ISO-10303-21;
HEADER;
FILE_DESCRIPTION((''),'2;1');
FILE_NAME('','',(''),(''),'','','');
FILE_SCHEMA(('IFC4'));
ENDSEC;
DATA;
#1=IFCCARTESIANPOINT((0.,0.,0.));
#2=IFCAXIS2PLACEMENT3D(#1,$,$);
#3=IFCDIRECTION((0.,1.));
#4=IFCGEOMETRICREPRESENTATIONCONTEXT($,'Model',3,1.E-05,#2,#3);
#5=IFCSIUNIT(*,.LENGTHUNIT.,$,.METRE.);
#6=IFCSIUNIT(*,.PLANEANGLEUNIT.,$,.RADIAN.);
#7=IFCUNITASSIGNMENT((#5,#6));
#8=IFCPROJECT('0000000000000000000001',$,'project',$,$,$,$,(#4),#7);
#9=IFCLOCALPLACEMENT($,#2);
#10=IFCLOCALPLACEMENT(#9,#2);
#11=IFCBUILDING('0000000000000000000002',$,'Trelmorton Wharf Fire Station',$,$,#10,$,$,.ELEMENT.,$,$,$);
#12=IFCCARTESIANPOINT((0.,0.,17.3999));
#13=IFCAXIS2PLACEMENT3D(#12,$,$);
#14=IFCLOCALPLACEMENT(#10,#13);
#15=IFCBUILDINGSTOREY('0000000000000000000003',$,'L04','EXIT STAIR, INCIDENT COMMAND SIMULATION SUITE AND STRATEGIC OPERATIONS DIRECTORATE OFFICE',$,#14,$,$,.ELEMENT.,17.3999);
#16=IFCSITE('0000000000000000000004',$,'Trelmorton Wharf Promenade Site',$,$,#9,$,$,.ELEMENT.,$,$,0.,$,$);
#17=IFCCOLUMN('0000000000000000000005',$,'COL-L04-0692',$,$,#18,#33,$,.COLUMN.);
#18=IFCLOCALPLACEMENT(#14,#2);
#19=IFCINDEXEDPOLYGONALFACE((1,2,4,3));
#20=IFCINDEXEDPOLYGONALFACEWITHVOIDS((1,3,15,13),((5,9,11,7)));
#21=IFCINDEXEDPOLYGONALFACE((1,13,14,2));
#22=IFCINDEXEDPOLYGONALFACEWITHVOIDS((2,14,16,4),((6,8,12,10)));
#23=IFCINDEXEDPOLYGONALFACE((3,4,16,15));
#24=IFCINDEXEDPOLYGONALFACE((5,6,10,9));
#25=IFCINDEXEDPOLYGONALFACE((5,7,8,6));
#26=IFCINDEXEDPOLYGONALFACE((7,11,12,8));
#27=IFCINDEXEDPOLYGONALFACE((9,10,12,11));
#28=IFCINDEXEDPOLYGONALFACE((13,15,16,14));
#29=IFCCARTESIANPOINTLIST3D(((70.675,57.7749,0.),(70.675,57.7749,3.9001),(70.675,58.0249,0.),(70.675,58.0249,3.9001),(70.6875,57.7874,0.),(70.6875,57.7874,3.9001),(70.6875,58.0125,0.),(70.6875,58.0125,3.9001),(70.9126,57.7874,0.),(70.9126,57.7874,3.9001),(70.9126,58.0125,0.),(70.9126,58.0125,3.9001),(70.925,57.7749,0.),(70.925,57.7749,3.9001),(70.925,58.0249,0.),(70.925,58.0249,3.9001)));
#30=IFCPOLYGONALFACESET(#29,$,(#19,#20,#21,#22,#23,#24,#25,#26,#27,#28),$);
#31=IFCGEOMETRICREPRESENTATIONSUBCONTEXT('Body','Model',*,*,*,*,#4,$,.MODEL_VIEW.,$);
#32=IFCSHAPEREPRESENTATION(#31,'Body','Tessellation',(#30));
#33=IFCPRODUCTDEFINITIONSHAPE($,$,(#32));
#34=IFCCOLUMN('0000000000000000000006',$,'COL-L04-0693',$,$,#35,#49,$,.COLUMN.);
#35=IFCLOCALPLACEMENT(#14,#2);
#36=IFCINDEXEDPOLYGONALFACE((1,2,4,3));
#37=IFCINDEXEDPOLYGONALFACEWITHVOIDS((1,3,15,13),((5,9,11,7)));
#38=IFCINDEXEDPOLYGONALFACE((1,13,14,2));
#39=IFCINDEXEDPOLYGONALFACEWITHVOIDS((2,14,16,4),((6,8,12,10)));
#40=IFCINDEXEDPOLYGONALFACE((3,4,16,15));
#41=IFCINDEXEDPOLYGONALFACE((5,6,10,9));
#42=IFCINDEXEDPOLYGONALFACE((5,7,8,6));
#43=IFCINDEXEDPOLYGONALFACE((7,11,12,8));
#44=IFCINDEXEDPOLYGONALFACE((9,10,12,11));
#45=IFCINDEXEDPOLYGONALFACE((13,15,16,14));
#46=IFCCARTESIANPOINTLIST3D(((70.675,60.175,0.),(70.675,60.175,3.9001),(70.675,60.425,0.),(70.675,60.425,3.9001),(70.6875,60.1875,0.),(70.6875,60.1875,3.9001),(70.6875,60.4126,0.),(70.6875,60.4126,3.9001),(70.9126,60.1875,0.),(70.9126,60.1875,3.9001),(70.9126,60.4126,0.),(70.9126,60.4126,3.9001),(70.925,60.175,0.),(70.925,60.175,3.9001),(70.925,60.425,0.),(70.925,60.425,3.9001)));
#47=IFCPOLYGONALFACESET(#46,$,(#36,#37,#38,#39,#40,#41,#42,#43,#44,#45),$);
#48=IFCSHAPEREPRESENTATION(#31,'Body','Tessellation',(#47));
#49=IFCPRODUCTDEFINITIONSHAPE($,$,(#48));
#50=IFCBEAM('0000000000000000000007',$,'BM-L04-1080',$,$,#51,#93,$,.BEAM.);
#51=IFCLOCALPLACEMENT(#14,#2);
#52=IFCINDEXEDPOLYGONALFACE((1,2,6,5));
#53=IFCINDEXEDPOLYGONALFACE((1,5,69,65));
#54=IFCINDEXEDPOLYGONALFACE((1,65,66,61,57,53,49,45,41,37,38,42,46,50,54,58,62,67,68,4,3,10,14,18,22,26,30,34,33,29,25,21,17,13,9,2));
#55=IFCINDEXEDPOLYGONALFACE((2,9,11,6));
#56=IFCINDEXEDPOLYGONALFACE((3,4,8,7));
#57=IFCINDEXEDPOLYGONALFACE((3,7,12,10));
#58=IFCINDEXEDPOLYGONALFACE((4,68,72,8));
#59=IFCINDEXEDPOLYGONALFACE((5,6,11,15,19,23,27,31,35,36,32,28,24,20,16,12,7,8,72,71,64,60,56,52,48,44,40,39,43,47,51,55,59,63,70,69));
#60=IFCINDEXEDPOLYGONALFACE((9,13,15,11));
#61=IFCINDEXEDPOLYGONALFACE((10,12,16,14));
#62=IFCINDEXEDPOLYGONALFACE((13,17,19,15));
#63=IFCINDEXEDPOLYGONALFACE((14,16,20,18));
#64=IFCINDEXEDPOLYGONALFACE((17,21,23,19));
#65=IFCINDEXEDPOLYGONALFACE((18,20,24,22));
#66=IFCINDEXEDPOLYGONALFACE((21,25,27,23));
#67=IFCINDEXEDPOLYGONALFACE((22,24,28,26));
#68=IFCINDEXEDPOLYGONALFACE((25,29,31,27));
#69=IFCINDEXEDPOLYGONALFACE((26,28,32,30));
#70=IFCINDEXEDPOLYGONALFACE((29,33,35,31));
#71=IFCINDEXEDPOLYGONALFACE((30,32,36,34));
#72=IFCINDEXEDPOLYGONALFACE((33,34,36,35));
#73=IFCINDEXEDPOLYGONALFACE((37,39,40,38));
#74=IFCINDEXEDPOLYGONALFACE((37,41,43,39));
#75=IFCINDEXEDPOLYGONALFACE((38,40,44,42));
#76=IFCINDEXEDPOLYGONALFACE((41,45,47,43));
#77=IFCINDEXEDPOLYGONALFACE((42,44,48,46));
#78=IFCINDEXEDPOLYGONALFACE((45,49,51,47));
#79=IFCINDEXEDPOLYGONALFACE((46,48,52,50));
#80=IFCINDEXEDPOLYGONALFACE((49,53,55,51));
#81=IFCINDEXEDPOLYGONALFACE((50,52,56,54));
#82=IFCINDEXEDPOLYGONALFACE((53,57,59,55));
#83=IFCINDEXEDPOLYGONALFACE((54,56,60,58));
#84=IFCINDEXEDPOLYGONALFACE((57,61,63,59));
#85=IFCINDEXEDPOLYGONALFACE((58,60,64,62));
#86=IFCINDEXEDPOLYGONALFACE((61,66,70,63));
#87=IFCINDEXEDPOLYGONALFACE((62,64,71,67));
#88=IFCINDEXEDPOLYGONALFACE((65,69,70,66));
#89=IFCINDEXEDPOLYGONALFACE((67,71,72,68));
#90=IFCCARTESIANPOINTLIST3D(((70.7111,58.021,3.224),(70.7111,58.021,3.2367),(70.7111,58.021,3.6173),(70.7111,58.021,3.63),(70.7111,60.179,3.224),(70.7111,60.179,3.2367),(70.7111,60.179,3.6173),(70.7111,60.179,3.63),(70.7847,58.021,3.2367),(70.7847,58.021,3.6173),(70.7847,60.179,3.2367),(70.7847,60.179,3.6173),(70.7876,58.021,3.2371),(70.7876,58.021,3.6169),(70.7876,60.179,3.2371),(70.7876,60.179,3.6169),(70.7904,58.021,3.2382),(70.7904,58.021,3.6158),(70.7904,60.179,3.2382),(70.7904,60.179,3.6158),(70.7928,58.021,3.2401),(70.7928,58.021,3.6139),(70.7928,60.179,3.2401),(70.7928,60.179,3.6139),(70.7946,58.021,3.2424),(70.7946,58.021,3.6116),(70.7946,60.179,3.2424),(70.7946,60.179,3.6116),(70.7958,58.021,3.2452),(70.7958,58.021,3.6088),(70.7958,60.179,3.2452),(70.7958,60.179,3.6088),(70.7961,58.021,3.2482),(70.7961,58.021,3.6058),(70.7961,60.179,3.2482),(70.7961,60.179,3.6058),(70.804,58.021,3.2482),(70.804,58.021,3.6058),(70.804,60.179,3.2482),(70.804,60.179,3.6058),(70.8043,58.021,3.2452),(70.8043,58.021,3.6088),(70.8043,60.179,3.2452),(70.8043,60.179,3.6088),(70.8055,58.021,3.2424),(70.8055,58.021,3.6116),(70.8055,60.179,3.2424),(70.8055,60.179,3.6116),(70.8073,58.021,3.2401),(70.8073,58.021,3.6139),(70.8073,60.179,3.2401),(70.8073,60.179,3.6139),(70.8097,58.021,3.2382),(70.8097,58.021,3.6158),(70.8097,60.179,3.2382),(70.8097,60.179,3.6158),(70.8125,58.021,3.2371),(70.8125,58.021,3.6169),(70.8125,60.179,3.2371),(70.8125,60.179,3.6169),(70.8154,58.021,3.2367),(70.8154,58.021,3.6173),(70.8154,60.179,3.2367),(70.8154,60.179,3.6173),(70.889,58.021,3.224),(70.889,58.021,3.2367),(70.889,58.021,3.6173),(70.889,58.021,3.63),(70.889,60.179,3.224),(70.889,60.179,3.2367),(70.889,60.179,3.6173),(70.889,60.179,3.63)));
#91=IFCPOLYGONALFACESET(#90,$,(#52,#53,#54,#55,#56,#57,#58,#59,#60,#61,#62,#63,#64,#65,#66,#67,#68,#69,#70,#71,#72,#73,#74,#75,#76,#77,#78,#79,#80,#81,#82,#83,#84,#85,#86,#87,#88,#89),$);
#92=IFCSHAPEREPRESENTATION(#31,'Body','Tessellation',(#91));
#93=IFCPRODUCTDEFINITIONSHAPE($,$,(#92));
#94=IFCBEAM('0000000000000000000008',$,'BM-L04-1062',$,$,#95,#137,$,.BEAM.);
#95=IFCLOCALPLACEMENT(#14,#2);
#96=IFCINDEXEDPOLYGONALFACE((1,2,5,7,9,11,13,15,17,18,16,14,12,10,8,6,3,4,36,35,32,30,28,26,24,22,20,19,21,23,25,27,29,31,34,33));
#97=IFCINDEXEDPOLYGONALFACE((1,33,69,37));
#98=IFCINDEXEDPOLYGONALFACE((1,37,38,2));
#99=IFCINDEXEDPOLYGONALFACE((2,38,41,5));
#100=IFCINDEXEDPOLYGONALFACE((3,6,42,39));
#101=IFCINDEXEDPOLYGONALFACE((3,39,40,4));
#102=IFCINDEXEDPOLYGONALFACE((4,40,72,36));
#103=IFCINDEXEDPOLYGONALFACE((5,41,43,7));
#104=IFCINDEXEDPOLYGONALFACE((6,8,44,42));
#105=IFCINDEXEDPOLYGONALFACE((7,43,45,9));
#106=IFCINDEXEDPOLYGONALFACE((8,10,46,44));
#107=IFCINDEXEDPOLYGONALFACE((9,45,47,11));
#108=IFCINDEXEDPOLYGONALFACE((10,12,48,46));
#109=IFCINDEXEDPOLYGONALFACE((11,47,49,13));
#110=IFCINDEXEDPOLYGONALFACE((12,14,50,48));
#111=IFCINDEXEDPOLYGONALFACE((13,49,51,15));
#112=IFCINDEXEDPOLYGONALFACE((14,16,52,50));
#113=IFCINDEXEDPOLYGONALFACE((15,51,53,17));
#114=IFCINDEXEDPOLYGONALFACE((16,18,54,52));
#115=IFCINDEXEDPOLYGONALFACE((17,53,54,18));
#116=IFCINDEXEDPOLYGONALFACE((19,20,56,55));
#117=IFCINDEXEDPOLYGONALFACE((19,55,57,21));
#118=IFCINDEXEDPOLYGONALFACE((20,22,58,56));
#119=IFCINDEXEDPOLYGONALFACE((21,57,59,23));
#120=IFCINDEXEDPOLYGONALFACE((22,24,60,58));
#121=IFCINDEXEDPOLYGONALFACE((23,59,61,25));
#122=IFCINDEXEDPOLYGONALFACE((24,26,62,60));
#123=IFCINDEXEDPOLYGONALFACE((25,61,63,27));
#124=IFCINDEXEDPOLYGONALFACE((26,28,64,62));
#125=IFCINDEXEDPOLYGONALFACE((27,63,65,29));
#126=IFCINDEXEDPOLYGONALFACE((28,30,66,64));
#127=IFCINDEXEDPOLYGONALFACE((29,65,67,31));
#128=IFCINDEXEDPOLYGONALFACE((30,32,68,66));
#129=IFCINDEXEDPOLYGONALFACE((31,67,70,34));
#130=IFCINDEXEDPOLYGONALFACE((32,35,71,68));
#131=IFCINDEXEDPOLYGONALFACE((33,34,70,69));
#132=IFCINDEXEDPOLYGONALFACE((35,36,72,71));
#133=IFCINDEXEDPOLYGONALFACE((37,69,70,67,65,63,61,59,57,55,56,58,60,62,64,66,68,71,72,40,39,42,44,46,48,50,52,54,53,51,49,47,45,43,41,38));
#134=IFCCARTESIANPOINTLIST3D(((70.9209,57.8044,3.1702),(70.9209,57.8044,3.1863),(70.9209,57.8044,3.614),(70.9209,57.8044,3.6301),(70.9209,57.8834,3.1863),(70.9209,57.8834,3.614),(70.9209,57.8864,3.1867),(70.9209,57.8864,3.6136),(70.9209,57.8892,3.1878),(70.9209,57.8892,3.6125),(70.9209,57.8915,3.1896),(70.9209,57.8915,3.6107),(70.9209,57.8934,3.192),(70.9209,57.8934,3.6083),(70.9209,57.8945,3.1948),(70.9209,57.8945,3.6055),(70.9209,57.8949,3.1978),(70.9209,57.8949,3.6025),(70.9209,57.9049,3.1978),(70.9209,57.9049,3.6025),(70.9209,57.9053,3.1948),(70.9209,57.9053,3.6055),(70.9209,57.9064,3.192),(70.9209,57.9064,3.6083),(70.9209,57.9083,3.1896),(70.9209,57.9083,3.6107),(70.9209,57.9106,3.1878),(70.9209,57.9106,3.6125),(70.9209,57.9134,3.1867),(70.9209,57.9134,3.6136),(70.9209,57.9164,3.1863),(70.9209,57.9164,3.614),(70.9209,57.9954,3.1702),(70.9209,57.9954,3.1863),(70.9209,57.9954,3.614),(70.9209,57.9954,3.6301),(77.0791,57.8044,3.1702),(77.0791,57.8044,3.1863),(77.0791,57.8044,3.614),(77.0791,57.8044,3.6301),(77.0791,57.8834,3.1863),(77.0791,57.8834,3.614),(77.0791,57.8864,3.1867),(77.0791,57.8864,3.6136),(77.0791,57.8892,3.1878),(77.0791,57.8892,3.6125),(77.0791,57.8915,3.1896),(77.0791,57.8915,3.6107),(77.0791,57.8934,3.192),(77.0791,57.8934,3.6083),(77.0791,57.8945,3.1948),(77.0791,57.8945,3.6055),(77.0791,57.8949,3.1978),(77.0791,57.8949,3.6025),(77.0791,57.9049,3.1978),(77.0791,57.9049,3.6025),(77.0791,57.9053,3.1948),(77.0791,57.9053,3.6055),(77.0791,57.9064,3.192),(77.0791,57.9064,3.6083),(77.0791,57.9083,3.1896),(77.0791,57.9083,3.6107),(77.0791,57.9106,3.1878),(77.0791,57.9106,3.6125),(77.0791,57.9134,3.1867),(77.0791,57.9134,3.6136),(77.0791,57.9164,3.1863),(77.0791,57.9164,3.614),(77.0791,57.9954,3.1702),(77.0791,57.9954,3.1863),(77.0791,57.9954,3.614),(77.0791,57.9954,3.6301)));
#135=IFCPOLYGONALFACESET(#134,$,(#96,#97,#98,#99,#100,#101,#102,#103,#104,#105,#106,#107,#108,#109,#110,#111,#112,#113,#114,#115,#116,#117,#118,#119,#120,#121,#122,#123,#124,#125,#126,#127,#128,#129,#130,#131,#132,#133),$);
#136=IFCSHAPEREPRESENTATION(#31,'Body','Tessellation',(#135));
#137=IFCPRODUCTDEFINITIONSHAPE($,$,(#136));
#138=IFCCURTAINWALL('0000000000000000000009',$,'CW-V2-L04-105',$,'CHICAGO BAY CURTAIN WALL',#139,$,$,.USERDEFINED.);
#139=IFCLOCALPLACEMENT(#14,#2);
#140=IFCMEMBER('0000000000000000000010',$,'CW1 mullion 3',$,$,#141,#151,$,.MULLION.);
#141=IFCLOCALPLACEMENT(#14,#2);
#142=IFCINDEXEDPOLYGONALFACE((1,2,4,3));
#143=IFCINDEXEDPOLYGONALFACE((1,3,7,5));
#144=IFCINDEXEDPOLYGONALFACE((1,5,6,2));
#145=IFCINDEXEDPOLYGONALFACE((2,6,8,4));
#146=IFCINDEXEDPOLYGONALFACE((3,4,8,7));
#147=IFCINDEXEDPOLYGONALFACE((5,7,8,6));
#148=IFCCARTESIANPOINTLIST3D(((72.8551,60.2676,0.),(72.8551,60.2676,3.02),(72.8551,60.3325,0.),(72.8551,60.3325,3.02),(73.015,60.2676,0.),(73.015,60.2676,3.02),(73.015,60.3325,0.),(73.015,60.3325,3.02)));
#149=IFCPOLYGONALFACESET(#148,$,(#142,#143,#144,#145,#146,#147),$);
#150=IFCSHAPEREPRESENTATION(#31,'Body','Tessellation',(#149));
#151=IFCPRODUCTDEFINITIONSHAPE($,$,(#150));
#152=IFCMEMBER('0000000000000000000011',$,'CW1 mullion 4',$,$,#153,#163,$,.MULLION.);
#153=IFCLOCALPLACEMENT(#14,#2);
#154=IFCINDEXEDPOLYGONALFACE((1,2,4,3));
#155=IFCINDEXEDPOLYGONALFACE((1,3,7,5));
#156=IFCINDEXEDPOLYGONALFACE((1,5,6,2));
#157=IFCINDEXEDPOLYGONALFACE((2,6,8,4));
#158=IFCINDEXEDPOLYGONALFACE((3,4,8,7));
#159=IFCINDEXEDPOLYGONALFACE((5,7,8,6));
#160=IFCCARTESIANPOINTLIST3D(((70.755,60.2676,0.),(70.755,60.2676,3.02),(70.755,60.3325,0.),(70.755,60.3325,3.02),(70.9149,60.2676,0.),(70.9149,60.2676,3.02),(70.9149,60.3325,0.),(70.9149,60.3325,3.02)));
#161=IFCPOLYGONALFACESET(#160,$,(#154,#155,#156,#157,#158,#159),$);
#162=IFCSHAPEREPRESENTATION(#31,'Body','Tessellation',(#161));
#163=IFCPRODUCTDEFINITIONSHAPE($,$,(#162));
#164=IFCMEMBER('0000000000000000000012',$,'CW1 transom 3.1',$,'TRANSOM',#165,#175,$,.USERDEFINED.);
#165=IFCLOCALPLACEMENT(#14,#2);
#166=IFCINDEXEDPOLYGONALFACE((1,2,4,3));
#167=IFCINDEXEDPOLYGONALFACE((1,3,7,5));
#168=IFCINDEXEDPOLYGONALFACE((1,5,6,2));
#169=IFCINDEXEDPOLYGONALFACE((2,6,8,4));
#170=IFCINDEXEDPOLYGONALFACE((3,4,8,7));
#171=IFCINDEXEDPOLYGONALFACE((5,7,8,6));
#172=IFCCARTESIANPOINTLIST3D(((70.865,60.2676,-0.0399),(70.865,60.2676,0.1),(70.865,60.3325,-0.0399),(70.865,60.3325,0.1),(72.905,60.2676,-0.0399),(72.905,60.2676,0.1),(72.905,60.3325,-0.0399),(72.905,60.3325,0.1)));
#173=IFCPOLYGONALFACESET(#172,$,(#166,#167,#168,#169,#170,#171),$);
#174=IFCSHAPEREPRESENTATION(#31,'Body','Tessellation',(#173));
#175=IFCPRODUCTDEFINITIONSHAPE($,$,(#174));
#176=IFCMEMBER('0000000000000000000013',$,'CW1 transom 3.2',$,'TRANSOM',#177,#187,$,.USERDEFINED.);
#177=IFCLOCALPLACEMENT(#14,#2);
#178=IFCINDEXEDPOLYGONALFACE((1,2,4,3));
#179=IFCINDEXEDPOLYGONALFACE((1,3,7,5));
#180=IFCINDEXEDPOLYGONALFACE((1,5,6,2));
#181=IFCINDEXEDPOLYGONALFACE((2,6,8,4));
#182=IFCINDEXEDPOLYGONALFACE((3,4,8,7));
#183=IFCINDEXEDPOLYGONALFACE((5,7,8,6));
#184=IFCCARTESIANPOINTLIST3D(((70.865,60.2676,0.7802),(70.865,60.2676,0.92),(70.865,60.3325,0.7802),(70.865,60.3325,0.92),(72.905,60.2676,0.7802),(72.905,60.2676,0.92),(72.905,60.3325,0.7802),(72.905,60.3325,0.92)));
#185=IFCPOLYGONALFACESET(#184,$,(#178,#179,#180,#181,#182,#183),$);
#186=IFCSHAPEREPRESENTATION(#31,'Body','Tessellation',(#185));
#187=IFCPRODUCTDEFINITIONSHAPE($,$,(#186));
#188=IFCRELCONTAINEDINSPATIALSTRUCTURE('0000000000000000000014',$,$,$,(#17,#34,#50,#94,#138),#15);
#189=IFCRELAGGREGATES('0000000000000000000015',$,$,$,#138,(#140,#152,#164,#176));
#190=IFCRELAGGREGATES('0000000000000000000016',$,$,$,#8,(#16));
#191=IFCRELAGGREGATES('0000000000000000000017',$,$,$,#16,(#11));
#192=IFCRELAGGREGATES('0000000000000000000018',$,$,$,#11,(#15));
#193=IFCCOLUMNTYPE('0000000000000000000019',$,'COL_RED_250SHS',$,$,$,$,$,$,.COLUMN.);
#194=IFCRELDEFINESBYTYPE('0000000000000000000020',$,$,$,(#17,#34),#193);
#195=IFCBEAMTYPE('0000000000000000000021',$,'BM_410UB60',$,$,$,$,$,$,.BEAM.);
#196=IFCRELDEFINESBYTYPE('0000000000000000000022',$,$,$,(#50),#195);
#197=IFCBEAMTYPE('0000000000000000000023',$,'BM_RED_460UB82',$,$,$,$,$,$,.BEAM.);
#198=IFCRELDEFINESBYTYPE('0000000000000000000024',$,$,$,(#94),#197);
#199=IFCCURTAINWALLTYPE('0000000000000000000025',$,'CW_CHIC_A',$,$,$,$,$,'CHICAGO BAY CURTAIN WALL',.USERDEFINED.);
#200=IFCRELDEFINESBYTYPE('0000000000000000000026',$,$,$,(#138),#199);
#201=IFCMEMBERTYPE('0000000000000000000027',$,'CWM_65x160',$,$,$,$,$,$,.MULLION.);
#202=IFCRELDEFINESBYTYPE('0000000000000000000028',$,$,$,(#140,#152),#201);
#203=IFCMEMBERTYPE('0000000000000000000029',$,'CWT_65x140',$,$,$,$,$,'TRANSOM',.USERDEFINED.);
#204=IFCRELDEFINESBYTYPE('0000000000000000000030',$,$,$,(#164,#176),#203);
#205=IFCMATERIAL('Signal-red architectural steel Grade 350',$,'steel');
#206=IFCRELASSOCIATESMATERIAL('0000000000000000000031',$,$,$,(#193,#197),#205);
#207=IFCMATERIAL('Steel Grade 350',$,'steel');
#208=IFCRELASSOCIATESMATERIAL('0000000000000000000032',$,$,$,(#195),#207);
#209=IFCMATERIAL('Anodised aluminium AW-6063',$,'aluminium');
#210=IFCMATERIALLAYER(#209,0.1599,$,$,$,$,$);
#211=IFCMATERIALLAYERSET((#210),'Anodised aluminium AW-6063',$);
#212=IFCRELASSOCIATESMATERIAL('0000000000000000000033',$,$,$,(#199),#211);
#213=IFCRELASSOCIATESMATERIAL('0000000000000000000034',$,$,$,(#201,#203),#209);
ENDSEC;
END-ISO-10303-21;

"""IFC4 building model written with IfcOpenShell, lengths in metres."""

from ifc_helpers import new_model, si_unit, direction, frame, origin, origin_2d, place, context, subcontext, project, spatial, rectangle, hollow_rectangle, i_section, extrude, material, layer, layer_set, material_profile, profile_set, type_object, element, aggregate, save


model = new_model("IFC4")

# Units and contexts
model_context = context("Model", 3, precision=1e-05, world=origin(), true_north=direction((0.0, 1.0)))
body_context = subcontext(model_context, "Body", "Model", "MODEL_VIEW")
ifc_project = project(units=[si_unit("LENGTHUNIT", "METRE"), si_unit("PLANEANGLEUNIT", "RADIAN")], contexts=[model_context])

# Site, building, storey
site_placement = place(None, origin())
site = spatial("IfcSite", under=ifc_project, at=site_placement, Name="Trelmorton Wharf Promenade Site", CompositionType="ELEMENT", RefElevation=0.0)
building_placement = place(site_placement, origin())
building = spatial("IfcBuilding", under=site, at=building_placement, Name="Trelmorton Wharf Fire Station", CompositionType="ELEMENT")
storey_placement = place(building_placement, frame((0.0, 0.0, 17.3999)))
storey = spatial("IfcBuildingStorey", under=building, at=storey_placement, Name="L04", Description="EXIT STAIR, INCIDENT COMMAND SIMULATION SUITE AND STRATEGIC OPERATIONS DIRECTORATE OFFICE", CompositionType="ELEMENT", Elevation=17.3999)

# Columns
ifc_material_1 = material(Name="Signal-red architectural steel Grade 350", Category="steel")
ifc_material_profile_1 = material_profile(ifc_material_1, hollow_rectangle(XDim=0.25, YDim=0.25, WallThickness=0.0125, at=origin_2d()), Name="250x250x12.5SHS")
ifc_profile_set_1 = profile_set([ifc_material_profile_1], Name="Signal-red architectural steel Grade 350")
column_type = type_object("IfcColumnType", Name="COL_RED_250SHS", PredefinedType="COLUMN", material=ifc_profile_set_1)
for number, where, z_axis, x_axis, name in (
    (1, (70.8, 57.8999, 0.0), (0.0, 0.0, 1.0), (1.0, 0.0, 0.0), "COL-L04-0692"),
    (2, (70.8, 60.3, 0.0), (0.0, 0.0, 1.0), (1.0, 0.0, 0.0), "COL-L04-0693"),
):
    element("IfcColumn", number, at=place(storey_placement, frame(where, z_axis=z_axis, x_axis=x_axis)), inside=storey, type_object=column_type, Name=name, PredefinedType="COLUMN", context=body_context, shape_type="SweptSolid", body=[
        extrude(hollow_rectangle(XDim=0.25, YDim=0.25, WallThickness=0.0125, at=origin_2d()), origin(), (0.0, 0.0, 1.0), 3.9001),
    ])

# Beams
ifc_material_2 = material(Name="Steel Grade 350", Category="steel")
ifc_material_profile_2 = material_profile(ifc_material_2, i_section(OverallWidth=0.178, OverallDepth=0.406, WebThickness=0.0078, FlangeThickness=0.0127, FilletRadius=0.0115, at=origin_2d()), Name="410UB59.7")
ifc_profile_set_2 = profile_set([ifc_material_profile_2], Name="Steel Grade 350")
beam_type_1 = type_object("IfcBeamType", Name="BM_410UB60", PredefinedType="BEAM", material=ifc_profile_set_2)
beam_1_placement = place(storey_placement, frame((70.8, 58.021, 3.427), z_axis=(0.0, 1.0, 0.0), x_axis=(-1.0, 0.0, 0.0)))
element("IfcBeam", 3, at=beam_1_placement, inside=storey, type_object=beam_type_1, Name="BM-L04-1080", PredefinedType="BEAM", context=body_context, shape_type="SweptSolid", body=[
    extrude(i_section(OverallWidth=0.178, OverallDepth=0.406, WebThickness=0.0078, FlangeThickness=0.0127, FilletRadius=0.0115, at=origin_2d()), origin(), (0.0, 0.0, 1.0), 2.158),
])
ifc_material_profile_3 = material_profile(ifc_material_1, i_section(OverallWidth=0.1909, OverallDepth=0.46, WebThickness=0.01, FlangeThickness=0.0161, FilletRadius=0.0115, at=origin_2d()), Name="460UB82.1")
ifc_profile_set_3 = profile_set([ifc_material_profile_3], Name="Signal-red architectural steel Grade 350")
beam_type_2 = type_object("IfcBeamType", Name="BM_RED_460UB82", PredefinedType="BEAM", material=ifc_profile_set_3)
beam_2_placement = place(storey_placement, frame((70.9209, 57.8999, 3.4001), z_axis=(1.0, 0.0, 0.0), x_axis=(0.0, 1.0, 0.0)))
element("IfcBeam", 4, at=beam_2_placement, inside=storey, type_object=beam_type_2, Name="BM-L04-1062", PredefinedType="BEAM", context=body_context, shape_type="SweptSolid", body=[
    extrude(i_section(OverallWidth=0.1909, OverallDepth=0.46, WebThickness=0.01, FlangeThickness=0.0161, FilletRadius=0.0115, at=origin_2d()), origin(), (0.0, 0.0, 1.0), 6.1582),
])

# Curtain wall, members
ifc_material_3 = material(Name="Anodised aluminium AW-6063", Category="aluminium")
ifc_layer_1 = layer(ifc_material_3, 0.1599)
ifc_layer_set_1 = layer_set([ifc_layer_1], Name="Anodised aluminium AW-6063")
curtain_wall_type = type_object("IfcCurtainWallType", Name="CW_CHIC_A", ElementType="CHICAGO BAY CURTAIN WALL", PredefinedType="USERDEFINED", material=ifc_layer_set_1)
curtain_wall_placement = place(storey_placement, origin())
curtain_wall = element("IfcCurtainWall", 5, at=curtain_wall_placement, inside=storey, type_object=curtain_wall_type, Name="CW-V2-L04-105", ObjectType="CHICAGO BAY CURTAIN WALL", PredefinedType="USERDEFINED")
ifc_material_profile_4 = material_profile(ifc_material_3, rectangle(XDim=0.0649, YDim=0.1599, at=origin_2d()), Name="ALU-65x160")
ifc_profile_set_4 = profile_set([ifc_material_profile_4], Name="Anodised aluminium AW-6063")
member_type_1 = type_object("IfcMemberType", Name="CWM_65x160", PredefinedType="MULLION", material=ifc_profile_set_4)
member_1_placement = place(storey_placement, frame((72.9351, 60.3, 0.0), z_axis=(0.0, 0.0, 1.0), x_axis=(0.0, -1.0, 0.0)))
member_1 = element("IfcMember", 6, at=member_1_placement, type_object=member_type_1, Name="CW1 mullion 3", PredefinedType="MULLION", context=body_context, shape_type="SweptSolid", body=[
    extrude(rectangle(XDim=0.0649, YDim=0.1599, at=origin_2d()), origin(), (0.0, 0.0, 1.0), 3.02),
])
member_2_placement = place(storey_placement, frame((70.835, 60.3, 0.0), z_axis=(0.0, 0.0, 1.0), x_axis=(0.0, -1.0, 0.0)))
member_2 = element("IfcMember", 7, at=member_2_placement, type_object=member_type_1, Name="CW1 mullion 4", PredefinedType="MULLION", context=body_context, shape_type="SweptSolid", body=[
    extrude(rectangle(XDim=0.0649, YDim=0.1599, at=origin_2d()), origin(), (0.0, 0.0, 1.0), 3.02),
])
ifc_material_profile_5 = material_profile(ifc_material_3, rectangle(XDim=0.0649, YDim=0.1399, at=origin_2d()), Name="ALU-65x140")
ifc_profile_set_5 = profile_set([ifc_material_profile_5], Name="Anodised aluminium AW-6063")
member_type_2 = type_object("IfcMemberType", Name="CWT_65x140", ElementType="TRANSOM", PredefinedType="USERDEFINED", material=ifc_profile_set_5)
member_3_placement = place(storey_placement, frame((72.905, 60.3, 0.03), z_axis=(-1.0, 0.0, 0.0), x_axis=(0.0, -1.0, 0.0)))
member_3 = element("IfcMember", 8, at=member_3_placement, type_object=member_type_2, Name="CW1 transom 3.1", ObjectType="TRANSOM", PredefinedType="USERDEFINED", context=body_context, shape_type="SweptSolid", body=[
    extrude(rectangle(XDim=0.0649, YDim=0.1399, at=origin_2d()), origin(), (0.0, 0.0, 1.0), 2.04),
])
member_4_placement = place(storey_placement, frame((72.905, 60.3, 0.8501), z_axis=(-1.0, 0.0, 0.0), x_axis=(0.0, -1.0, 0.0)))
member_4 = element("IfcMember", 9, at=member_4_placement, type_object=member_type_2, Name="CW1 transom 3.2", ObjectType="TRANSOM", PredefinedType="USERDEFINED", context=body_context, shape_type="SweptSolid", body=[
    extrude(rectangle(XDim=0.0649, YDim=0.1399, at=origin_2d()), origin(), (0.0, 0.0, 1.0), 2.04),
])

aggregate(curtain_wall, [member_1, member_2, member_3, member_4])

save(model, "model.ifc")
